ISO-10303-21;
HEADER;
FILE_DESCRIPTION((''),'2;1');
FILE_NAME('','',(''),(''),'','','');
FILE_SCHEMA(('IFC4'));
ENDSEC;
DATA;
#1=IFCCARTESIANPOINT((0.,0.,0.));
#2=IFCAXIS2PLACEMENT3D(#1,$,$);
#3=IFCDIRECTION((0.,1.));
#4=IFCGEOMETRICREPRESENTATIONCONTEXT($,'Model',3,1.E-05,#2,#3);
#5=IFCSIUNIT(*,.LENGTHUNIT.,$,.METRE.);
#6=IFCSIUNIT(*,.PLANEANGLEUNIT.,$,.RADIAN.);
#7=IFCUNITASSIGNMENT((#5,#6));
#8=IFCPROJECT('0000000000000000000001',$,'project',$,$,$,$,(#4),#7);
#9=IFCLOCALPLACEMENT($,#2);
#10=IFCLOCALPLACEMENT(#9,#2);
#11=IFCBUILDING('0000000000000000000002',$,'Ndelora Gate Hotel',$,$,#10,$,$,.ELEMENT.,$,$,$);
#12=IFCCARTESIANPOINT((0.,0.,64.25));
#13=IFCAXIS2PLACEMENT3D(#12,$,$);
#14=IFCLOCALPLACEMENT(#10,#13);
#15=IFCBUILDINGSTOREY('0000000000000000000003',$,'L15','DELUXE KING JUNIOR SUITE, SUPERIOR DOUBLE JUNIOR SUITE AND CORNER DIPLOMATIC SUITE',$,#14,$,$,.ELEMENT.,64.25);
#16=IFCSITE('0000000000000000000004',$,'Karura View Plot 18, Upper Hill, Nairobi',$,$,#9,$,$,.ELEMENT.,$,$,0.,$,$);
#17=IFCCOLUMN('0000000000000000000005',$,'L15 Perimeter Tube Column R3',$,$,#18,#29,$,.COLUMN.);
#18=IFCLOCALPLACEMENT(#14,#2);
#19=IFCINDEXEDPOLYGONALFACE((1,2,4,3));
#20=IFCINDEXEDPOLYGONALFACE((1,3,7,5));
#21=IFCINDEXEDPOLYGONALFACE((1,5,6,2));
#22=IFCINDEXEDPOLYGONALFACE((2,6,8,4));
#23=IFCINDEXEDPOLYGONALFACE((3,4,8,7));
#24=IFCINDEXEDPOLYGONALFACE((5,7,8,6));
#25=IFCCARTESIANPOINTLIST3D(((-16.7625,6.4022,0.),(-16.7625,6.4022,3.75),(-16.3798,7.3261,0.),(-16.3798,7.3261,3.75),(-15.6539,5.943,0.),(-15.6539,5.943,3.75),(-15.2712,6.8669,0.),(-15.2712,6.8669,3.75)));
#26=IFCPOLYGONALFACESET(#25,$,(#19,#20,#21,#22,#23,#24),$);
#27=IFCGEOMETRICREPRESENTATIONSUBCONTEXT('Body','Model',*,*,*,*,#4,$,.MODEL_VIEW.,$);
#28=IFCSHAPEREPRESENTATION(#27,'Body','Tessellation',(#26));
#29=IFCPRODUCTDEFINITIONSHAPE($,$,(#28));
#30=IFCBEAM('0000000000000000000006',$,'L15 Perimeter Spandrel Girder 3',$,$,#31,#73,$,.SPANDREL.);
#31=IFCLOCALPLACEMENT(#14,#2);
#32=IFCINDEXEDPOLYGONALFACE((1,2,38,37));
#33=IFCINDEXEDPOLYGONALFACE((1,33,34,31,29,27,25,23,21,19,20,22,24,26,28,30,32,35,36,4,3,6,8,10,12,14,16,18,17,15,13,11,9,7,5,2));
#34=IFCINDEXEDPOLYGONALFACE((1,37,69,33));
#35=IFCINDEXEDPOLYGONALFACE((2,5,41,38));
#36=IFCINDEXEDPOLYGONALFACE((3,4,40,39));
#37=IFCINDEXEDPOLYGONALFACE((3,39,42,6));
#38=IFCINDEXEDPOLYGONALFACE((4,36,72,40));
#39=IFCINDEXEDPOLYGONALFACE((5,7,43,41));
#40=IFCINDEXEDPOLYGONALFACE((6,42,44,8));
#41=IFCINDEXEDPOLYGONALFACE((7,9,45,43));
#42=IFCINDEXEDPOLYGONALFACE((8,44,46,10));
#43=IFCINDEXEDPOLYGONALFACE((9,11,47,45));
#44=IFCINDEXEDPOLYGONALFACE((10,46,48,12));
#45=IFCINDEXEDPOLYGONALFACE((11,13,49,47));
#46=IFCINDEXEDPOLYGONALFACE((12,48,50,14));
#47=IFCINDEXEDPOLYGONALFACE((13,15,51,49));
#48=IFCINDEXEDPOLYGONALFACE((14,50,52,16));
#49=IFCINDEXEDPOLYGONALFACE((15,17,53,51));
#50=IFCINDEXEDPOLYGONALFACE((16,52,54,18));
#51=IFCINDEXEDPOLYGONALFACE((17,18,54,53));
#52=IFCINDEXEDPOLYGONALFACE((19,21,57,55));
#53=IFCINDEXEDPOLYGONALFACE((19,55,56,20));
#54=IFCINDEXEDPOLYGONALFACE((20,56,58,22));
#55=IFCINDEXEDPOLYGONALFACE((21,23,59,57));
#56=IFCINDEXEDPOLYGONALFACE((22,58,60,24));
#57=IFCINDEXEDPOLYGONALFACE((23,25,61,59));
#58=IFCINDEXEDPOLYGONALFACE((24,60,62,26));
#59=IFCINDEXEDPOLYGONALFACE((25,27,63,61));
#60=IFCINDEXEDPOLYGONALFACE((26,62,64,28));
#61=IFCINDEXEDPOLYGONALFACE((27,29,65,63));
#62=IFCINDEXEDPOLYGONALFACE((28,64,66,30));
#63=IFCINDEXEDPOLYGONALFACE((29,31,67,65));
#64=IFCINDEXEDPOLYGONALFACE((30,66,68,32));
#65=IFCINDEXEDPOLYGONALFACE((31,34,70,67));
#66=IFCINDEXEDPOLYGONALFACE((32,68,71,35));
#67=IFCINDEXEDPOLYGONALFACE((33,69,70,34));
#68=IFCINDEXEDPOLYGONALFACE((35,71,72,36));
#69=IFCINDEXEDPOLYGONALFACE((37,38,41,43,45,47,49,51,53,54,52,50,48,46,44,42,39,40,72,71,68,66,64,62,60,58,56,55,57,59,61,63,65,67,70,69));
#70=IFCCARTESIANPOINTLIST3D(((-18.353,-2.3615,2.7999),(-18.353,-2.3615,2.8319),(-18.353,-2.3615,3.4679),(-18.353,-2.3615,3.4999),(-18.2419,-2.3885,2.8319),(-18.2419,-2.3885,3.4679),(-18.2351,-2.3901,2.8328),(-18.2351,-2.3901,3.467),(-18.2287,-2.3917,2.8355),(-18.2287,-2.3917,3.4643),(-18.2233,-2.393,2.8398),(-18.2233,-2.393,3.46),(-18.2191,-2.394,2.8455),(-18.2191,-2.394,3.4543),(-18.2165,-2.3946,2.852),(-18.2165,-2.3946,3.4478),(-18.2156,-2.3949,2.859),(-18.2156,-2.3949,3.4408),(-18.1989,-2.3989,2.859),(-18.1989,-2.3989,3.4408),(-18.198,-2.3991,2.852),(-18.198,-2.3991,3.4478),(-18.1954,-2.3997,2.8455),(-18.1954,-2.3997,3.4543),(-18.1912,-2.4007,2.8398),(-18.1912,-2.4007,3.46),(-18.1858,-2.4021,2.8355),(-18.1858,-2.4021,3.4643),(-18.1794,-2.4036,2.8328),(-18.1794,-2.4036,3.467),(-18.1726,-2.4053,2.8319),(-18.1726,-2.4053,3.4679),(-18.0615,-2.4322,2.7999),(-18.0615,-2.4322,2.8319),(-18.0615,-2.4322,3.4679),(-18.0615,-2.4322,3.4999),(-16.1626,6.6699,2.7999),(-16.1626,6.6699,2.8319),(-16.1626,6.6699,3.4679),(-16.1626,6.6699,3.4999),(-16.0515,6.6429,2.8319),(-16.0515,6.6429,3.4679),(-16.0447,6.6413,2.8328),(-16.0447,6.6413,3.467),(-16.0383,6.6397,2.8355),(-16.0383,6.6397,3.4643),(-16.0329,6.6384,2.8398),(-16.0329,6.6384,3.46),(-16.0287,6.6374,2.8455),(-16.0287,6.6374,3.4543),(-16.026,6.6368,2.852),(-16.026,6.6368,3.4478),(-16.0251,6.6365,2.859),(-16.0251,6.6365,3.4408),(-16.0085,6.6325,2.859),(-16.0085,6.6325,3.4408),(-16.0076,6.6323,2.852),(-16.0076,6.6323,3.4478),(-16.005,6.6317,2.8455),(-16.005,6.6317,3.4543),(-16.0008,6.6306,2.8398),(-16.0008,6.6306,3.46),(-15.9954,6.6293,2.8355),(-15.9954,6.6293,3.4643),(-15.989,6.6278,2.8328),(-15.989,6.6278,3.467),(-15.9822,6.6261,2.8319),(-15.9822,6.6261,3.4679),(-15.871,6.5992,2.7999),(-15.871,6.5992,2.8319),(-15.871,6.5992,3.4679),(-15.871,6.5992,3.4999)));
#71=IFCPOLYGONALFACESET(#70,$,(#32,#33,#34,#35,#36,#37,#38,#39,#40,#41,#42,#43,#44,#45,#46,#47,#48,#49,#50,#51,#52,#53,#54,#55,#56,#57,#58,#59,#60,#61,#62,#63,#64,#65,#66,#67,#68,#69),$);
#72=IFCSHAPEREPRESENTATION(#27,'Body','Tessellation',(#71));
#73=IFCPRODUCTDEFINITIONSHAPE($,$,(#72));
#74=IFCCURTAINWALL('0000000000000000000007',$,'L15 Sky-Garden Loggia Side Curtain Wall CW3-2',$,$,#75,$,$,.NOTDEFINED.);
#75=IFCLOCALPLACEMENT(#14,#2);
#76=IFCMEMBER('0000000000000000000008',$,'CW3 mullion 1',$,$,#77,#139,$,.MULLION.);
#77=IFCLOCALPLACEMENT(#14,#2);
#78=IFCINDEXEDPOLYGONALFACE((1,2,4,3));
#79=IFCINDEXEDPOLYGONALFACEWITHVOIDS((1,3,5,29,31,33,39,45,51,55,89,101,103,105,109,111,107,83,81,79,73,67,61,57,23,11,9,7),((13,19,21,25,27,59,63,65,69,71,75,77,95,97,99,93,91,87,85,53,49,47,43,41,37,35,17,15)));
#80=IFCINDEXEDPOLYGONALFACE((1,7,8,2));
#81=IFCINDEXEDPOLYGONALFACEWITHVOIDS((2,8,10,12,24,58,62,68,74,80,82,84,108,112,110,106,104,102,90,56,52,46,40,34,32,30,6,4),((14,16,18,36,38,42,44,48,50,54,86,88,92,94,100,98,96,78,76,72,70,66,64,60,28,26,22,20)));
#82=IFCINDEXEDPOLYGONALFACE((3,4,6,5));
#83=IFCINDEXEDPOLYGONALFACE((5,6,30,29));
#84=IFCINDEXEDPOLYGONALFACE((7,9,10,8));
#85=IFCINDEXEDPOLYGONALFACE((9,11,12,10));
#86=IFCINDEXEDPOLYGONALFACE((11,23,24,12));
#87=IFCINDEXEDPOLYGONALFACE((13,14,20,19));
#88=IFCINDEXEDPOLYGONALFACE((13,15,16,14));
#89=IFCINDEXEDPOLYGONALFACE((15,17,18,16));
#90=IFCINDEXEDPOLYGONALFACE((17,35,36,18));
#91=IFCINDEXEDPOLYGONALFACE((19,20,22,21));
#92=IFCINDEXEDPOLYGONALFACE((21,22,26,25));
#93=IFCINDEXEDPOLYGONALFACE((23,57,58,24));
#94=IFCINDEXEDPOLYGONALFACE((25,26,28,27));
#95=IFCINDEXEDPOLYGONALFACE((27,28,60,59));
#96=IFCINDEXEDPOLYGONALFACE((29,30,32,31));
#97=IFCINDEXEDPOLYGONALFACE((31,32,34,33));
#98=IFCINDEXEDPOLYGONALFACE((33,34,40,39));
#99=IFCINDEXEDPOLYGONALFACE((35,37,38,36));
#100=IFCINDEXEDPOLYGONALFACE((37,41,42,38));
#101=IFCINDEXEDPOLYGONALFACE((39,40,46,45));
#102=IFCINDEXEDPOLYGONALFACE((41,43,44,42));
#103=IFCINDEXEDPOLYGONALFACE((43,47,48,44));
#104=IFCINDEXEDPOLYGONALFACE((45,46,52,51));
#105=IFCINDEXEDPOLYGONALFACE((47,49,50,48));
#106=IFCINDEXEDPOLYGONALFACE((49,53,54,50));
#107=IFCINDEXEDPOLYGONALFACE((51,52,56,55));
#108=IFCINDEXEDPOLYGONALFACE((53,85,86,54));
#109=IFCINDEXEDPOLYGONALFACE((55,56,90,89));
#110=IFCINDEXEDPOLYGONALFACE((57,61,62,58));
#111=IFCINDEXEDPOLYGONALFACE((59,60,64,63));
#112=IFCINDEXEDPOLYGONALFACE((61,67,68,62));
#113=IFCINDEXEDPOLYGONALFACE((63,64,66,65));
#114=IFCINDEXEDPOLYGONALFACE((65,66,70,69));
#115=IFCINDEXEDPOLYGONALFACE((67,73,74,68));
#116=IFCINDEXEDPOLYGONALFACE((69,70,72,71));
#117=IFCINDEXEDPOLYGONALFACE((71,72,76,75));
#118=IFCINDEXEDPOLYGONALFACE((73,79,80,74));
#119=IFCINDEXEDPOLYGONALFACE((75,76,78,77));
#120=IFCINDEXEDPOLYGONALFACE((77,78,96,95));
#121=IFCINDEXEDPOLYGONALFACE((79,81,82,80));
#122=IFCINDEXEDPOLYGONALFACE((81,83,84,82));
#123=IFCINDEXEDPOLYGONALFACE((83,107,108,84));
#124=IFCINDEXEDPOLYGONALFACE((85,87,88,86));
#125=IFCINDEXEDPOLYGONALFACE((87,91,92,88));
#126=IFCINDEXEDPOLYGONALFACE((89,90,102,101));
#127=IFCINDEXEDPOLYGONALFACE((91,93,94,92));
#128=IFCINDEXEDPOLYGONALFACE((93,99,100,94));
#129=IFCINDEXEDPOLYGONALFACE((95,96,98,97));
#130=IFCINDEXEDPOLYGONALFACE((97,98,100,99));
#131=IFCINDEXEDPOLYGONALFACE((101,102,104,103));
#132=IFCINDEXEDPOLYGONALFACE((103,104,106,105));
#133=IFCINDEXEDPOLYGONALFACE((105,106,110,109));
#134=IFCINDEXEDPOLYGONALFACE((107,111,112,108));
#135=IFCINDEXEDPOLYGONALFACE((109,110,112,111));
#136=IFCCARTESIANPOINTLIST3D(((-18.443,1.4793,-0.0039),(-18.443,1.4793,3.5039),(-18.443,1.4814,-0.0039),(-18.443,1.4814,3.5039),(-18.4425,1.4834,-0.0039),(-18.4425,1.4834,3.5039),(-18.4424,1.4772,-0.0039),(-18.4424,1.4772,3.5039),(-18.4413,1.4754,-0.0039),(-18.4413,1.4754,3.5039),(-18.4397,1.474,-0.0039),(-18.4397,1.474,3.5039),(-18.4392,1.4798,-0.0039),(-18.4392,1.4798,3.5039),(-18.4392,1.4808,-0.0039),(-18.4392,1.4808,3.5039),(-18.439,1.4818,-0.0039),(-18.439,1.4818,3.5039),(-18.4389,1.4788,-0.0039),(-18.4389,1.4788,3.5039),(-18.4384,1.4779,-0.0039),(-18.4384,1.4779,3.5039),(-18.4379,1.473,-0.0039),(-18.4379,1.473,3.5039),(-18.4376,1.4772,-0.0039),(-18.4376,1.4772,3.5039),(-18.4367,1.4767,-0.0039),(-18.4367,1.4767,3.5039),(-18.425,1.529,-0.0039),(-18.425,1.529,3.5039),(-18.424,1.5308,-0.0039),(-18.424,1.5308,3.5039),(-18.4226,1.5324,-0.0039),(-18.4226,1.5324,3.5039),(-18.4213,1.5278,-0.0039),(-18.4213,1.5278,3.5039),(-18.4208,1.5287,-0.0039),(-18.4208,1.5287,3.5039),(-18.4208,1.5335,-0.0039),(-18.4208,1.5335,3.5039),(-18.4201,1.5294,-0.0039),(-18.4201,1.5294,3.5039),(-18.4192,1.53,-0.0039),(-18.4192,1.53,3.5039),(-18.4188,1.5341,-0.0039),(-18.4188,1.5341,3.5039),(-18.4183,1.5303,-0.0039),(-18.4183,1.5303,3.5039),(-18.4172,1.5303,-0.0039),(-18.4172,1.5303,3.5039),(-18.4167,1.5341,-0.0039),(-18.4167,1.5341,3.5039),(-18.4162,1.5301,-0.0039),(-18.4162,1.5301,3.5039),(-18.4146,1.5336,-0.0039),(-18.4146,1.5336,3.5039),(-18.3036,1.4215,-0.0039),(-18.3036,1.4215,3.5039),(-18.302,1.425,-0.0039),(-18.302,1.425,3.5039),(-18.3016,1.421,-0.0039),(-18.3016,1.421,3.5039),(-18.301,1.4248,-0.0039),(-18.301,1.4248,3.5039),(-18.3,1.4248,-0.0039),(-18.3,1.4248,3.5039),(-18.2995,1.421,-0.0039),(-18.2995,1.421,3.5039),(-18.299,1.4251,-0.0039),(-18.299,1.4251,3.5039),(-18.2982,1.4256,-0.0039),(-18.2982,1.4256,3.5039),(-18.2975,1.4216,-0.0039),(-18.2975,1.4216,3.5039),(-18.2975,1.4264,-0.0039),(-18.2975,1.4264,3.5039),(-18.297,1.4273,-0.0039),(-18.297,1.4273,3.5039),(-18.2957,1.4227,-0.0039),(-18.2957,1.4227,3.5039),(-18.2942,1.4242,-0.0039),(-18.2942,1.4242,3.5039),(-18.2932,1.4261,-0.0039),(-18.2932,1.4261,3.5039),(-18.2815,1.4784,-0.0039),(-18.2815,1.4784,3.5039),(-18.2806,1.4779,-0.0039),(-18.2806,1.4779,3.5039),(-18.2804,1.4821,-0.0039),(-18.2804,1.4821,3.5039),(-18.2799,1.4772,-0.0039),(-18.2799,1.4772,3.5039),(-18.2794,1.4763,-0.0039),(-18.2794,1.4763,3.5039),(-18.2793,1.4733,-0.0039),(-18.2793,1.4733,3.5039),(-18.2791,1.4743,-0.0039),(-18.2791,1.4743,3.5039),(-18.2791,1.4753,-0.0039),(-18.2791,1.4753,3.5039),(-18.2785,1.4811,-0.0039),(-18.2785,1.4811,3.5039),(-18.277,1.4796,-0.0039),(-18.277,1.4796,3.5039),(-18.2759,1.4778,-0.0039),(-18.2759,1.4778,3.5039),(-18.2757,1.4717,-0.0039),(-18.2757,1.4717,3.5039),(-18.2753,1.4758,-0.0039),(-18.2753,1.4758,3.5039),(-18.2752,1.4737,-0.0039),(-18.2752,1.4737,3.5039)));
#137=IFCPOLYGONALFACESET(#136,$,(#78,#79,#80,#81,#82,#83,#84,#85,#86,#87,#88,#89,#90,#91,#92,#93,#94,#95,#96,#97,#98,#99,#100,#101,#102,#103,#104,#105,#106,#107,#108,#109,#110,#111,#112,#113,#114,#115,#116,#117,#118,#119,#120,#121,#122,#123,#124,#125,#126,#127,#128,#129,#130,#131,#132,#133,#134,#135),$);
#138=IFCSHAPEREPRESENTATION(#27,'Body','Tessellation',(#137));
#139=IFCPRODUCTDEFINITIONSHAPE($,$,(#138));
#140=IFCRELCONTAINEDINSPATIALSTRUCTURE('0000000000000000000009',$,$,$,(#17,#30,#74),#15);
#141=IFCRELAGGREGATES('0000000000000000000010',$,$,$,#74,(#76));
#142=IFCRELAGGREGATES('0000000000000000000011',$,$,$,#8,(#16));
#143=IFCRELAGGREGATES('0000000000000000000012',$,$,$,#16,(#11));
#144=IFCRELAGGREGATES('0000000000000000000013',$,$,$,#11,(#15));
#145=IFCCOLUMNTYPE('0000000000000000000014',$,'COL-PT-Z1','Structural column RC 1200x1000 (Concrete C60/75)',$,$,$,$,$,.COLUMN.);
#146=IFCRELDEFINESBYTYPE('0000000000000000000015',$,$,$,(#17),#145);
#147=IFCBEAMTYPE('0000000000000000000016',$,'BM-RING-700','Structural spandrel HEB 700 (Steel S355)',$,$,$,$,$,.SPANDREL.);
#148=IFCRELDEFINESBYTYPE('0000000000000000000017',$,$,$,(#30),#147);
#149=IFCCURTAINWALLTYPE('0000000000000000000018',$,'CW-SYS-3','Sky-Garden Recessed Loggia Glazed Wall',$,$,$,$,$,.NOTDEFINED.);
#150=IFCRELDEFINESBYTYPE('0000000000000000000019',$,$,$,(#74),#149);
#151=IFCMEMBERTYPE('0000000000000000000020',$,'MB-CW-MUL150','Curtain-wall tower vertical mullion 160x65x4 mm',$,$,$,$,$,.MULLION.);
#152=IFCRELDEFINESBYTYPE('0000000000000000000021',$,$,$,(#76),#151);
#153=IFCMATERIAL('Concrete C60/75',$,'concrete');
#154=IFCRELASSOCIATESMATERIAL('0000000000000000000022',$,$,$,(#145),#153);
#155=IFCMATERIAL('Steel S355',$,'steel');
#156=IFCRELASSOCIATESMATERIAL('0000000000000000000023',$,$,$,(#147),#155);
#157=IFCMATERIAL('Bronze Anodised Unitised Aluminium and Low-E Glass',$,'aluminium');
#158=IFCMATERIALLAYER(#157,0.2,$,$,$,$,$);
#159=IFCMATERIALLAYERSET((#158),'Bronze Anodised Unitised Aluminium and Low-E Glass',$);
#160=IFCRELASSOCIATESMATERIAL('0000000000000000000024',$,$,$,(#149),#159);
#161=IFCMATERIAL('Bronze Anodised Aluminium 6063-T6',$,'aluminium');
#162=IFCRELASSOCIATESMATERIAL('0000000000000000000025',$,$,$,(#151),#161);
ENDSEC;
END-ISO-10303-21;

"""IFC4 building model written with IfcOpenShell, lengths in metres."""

from ifc_helpers import new_model, si_unit, direction, frame, origin, origin_2d, place, context, subcontext, project, spatial, rectangle, hollow_rectangle, i_section, extrude, material, layer, layer_set, material_profile, profile_set, type_object, element, aggregate, save


model = new_model("IFC4")

# Units and contexts
model_context = context("Model", 3, precision=1e-05, world=origin(), true_north=direction((0.0, 1.0)))
body_context = subcontext(model_context, "Body", "Model", "MODEL_VIEW")
ifc_project = project(units=[si_unit("LENGTHUNIT", "METRE"), si_unit("PLANEANGLEUNIT", "RADIAN")], contexts=[model_context])

# Site, building, storey
site_placement = place(None, origin())
site = spatial("IfcSite", under=ifc_project, at=site_placement, Name="Karura View Plot 18, Upper Hill, Nairobi", CompositionType="ELEMENT", RefElevation=0.0)
building_placement = place(site_placement, origin())
building = spatial("IfcBuilding", under=site, at=building_placement, Name="Ndelora Gate Hotel", CompositionType="ELEMENT")
storey_placement = place(building_placement, frame((0.0, 0.0, 64.25)))
storey = spatial("IfcBuildingStorey", under=building, at=storey_placement, Name="L15", Description="DELUXE KING JUNIOR SUITE, SUPERIOR DOUBLE JUNIOR SUITE AND CORNER DIPLOMATIC SUITE", CompositionType="ELEMENT", Elevation=64.25)

# Column
ifc_material_1 = material(Name="Concrete C60/75", Category="concrete")
ifc_material_profile_1 = material_profile(ifc_material_1, rectangle(XDim=1.0, YDim=1.2, at=origin_2d()), Name="RC 1200x1000")
ifc_profile_set_1 = profile_set([ifc_material_profile_1], Name="Concrete C60/75")
column_type = type_object("IfcColumnType", Name="COL-PT-Z1", Description="Structural column RC 1200x1000 (Concrete C60/75)", PredefinedType="COLUMN", material=ifc_profile_set_1)
column_placement = place(storey_placement, frame((-16.0168, 6.6345, 0.0), z_axis=(0.0, 0.0, 1.0), x_axis=(0.382683, 0.92388, 0.0)))
element("IfcColumn", 1, at=column_placement, inside=storey, type_object=column_type, Name="L15 Perimeter Tube Column R3", PredefinedType="COLUMN", context=body_context, shape_type="SweptSolid", body=[
    extrude(rectangle(XDim=1.0, YDim=1.2, at=origin_2d()), origin(), (0.0, 0.0, 1.0), 3.75),
])

# Beam
ifc_material_2 = material(Name="Steel S355", Category="steel")
ifc_material_profile_2 = material_profile(ifc_material_2, i_section(OverallWidth=0.3, OverallDepth=0.7, WebThickness=0.0171, FlangeThickness=0.032, FilletRadius=0.0271, at=origin_2d()), Name="HEB 700")
ifc_profile_set_2 = profile_set([ifc_material_profile_2], Name="Steel S355")
beam_type = type_object("IfcBeamType", Name="BM-RING-700", Description="Structural spandrel HEB 700 (Steel S355)", PredefinedType="SPANDREL", material=ifc_profile_set_2)
beam_placement = place(storey_placement, frame((-16.0168, 6.6345, 3.1499), z_axis=(-0.235699, -0.971826, 0.0), x_axis=(0.971826, -0.235699, 0.0)))
element("IfcBeam", 2, at=beam_placement, inside=storey, type_object=beam_type, Name="L15 Perimeter Spandrel Girder 3", PredefinedType="SPANDREL", context=body_context, shape_type="SweptSolid", body=[
    extrude(i_section(OverallWidth=0.3, OverallDepth=0.7, WebThickness=0.0171, FlangeThickness=0.032, FilletRadius=0.0271, at=origin_2d()), origin(), (0.0, 0.0, 1.0), 9.2932),
])

# Curtain wall, member
ifc_material_3 = material(Name="Bronze Anodised Unitised Aluminium and Low-E Glass", Category="aluminium")
ifc_layer_1 = layer(ifc_material_3, 0.2)
ifc_layer_set_1 = layer_set([ifc_layer_1], Name="Bronze Anodised Unitised Aluminium and Low-E Glass")
curtain_wall_type = type_object("IfcCurtainWallType", Name="CW-SYS-3", Description="Sky-Garden Recessed Loggia Glazed Wall", PredefinedType="NOTDEFINED", material=ifc_layer_set_1)
curtain_wall_placement = place(storey_placement, origin())
curtain_wall = element("IfcCurtainWall", 3, at=curtain_wall_placement, inside=storey, type_object=curtain_wall_type, Name="L15 Sky-Garden Loggia Side Curtain Wall CW3-2", PredefinedType="NOTDEFINED")
ifc_material_4 = material(Name="Bronze Anodised Aluminium 6063-T6", Category="aluminium")
ifc_material_profile_3 = material_profile(ifc_material_4, hollow_rectangle(XDim=0.0649, YDim=0.1599, WallThickness=0.0039, InnerFilletRadius=0.0039, OuterFilletRadius=0.0081, at=origin_2d()), Name="ALU 160x65x4")
ifc_profile_set_3 = profile_set([ifc_material_profile_3], Name="Bronze Anodised Aluminium 6063-T6")
member_type_1 = type_object("IfcMemberType", Name="MB-CW-MUL150", Description="Curtain-wall tower vertical mullion 160x65x4 mm", PredefinedType="MULLION", material=ifc_profile_set_3)
member_1_placement = place(storey_placement, frame((-18.3591, 1.4775, -0.0039), z_axis=(0.0, 0.0, 1.0), x_axis=(0.358376, 0.933577, 0.0)))
member_1 = element("IfcMember", 4, at=member_1_placement, type_object=member_type_1, Name="CW3 mullion 1", PredefinedType="MULLION", context=body_context, shape_type="SweptSolid", body=[
    extrude(hollow_rectangle(XDim=0.0649, YDim=0.1599, WallThickness=0.0039, InnerFilletRadius=0.0039, OuterFilletRadius=0.0081, at=origin_2d()), origin(), (0.0, 0.0, 1.0), 3.5078),
])
aggregate(curtain_wall, [member_1])

save(model, "model.ifc")
